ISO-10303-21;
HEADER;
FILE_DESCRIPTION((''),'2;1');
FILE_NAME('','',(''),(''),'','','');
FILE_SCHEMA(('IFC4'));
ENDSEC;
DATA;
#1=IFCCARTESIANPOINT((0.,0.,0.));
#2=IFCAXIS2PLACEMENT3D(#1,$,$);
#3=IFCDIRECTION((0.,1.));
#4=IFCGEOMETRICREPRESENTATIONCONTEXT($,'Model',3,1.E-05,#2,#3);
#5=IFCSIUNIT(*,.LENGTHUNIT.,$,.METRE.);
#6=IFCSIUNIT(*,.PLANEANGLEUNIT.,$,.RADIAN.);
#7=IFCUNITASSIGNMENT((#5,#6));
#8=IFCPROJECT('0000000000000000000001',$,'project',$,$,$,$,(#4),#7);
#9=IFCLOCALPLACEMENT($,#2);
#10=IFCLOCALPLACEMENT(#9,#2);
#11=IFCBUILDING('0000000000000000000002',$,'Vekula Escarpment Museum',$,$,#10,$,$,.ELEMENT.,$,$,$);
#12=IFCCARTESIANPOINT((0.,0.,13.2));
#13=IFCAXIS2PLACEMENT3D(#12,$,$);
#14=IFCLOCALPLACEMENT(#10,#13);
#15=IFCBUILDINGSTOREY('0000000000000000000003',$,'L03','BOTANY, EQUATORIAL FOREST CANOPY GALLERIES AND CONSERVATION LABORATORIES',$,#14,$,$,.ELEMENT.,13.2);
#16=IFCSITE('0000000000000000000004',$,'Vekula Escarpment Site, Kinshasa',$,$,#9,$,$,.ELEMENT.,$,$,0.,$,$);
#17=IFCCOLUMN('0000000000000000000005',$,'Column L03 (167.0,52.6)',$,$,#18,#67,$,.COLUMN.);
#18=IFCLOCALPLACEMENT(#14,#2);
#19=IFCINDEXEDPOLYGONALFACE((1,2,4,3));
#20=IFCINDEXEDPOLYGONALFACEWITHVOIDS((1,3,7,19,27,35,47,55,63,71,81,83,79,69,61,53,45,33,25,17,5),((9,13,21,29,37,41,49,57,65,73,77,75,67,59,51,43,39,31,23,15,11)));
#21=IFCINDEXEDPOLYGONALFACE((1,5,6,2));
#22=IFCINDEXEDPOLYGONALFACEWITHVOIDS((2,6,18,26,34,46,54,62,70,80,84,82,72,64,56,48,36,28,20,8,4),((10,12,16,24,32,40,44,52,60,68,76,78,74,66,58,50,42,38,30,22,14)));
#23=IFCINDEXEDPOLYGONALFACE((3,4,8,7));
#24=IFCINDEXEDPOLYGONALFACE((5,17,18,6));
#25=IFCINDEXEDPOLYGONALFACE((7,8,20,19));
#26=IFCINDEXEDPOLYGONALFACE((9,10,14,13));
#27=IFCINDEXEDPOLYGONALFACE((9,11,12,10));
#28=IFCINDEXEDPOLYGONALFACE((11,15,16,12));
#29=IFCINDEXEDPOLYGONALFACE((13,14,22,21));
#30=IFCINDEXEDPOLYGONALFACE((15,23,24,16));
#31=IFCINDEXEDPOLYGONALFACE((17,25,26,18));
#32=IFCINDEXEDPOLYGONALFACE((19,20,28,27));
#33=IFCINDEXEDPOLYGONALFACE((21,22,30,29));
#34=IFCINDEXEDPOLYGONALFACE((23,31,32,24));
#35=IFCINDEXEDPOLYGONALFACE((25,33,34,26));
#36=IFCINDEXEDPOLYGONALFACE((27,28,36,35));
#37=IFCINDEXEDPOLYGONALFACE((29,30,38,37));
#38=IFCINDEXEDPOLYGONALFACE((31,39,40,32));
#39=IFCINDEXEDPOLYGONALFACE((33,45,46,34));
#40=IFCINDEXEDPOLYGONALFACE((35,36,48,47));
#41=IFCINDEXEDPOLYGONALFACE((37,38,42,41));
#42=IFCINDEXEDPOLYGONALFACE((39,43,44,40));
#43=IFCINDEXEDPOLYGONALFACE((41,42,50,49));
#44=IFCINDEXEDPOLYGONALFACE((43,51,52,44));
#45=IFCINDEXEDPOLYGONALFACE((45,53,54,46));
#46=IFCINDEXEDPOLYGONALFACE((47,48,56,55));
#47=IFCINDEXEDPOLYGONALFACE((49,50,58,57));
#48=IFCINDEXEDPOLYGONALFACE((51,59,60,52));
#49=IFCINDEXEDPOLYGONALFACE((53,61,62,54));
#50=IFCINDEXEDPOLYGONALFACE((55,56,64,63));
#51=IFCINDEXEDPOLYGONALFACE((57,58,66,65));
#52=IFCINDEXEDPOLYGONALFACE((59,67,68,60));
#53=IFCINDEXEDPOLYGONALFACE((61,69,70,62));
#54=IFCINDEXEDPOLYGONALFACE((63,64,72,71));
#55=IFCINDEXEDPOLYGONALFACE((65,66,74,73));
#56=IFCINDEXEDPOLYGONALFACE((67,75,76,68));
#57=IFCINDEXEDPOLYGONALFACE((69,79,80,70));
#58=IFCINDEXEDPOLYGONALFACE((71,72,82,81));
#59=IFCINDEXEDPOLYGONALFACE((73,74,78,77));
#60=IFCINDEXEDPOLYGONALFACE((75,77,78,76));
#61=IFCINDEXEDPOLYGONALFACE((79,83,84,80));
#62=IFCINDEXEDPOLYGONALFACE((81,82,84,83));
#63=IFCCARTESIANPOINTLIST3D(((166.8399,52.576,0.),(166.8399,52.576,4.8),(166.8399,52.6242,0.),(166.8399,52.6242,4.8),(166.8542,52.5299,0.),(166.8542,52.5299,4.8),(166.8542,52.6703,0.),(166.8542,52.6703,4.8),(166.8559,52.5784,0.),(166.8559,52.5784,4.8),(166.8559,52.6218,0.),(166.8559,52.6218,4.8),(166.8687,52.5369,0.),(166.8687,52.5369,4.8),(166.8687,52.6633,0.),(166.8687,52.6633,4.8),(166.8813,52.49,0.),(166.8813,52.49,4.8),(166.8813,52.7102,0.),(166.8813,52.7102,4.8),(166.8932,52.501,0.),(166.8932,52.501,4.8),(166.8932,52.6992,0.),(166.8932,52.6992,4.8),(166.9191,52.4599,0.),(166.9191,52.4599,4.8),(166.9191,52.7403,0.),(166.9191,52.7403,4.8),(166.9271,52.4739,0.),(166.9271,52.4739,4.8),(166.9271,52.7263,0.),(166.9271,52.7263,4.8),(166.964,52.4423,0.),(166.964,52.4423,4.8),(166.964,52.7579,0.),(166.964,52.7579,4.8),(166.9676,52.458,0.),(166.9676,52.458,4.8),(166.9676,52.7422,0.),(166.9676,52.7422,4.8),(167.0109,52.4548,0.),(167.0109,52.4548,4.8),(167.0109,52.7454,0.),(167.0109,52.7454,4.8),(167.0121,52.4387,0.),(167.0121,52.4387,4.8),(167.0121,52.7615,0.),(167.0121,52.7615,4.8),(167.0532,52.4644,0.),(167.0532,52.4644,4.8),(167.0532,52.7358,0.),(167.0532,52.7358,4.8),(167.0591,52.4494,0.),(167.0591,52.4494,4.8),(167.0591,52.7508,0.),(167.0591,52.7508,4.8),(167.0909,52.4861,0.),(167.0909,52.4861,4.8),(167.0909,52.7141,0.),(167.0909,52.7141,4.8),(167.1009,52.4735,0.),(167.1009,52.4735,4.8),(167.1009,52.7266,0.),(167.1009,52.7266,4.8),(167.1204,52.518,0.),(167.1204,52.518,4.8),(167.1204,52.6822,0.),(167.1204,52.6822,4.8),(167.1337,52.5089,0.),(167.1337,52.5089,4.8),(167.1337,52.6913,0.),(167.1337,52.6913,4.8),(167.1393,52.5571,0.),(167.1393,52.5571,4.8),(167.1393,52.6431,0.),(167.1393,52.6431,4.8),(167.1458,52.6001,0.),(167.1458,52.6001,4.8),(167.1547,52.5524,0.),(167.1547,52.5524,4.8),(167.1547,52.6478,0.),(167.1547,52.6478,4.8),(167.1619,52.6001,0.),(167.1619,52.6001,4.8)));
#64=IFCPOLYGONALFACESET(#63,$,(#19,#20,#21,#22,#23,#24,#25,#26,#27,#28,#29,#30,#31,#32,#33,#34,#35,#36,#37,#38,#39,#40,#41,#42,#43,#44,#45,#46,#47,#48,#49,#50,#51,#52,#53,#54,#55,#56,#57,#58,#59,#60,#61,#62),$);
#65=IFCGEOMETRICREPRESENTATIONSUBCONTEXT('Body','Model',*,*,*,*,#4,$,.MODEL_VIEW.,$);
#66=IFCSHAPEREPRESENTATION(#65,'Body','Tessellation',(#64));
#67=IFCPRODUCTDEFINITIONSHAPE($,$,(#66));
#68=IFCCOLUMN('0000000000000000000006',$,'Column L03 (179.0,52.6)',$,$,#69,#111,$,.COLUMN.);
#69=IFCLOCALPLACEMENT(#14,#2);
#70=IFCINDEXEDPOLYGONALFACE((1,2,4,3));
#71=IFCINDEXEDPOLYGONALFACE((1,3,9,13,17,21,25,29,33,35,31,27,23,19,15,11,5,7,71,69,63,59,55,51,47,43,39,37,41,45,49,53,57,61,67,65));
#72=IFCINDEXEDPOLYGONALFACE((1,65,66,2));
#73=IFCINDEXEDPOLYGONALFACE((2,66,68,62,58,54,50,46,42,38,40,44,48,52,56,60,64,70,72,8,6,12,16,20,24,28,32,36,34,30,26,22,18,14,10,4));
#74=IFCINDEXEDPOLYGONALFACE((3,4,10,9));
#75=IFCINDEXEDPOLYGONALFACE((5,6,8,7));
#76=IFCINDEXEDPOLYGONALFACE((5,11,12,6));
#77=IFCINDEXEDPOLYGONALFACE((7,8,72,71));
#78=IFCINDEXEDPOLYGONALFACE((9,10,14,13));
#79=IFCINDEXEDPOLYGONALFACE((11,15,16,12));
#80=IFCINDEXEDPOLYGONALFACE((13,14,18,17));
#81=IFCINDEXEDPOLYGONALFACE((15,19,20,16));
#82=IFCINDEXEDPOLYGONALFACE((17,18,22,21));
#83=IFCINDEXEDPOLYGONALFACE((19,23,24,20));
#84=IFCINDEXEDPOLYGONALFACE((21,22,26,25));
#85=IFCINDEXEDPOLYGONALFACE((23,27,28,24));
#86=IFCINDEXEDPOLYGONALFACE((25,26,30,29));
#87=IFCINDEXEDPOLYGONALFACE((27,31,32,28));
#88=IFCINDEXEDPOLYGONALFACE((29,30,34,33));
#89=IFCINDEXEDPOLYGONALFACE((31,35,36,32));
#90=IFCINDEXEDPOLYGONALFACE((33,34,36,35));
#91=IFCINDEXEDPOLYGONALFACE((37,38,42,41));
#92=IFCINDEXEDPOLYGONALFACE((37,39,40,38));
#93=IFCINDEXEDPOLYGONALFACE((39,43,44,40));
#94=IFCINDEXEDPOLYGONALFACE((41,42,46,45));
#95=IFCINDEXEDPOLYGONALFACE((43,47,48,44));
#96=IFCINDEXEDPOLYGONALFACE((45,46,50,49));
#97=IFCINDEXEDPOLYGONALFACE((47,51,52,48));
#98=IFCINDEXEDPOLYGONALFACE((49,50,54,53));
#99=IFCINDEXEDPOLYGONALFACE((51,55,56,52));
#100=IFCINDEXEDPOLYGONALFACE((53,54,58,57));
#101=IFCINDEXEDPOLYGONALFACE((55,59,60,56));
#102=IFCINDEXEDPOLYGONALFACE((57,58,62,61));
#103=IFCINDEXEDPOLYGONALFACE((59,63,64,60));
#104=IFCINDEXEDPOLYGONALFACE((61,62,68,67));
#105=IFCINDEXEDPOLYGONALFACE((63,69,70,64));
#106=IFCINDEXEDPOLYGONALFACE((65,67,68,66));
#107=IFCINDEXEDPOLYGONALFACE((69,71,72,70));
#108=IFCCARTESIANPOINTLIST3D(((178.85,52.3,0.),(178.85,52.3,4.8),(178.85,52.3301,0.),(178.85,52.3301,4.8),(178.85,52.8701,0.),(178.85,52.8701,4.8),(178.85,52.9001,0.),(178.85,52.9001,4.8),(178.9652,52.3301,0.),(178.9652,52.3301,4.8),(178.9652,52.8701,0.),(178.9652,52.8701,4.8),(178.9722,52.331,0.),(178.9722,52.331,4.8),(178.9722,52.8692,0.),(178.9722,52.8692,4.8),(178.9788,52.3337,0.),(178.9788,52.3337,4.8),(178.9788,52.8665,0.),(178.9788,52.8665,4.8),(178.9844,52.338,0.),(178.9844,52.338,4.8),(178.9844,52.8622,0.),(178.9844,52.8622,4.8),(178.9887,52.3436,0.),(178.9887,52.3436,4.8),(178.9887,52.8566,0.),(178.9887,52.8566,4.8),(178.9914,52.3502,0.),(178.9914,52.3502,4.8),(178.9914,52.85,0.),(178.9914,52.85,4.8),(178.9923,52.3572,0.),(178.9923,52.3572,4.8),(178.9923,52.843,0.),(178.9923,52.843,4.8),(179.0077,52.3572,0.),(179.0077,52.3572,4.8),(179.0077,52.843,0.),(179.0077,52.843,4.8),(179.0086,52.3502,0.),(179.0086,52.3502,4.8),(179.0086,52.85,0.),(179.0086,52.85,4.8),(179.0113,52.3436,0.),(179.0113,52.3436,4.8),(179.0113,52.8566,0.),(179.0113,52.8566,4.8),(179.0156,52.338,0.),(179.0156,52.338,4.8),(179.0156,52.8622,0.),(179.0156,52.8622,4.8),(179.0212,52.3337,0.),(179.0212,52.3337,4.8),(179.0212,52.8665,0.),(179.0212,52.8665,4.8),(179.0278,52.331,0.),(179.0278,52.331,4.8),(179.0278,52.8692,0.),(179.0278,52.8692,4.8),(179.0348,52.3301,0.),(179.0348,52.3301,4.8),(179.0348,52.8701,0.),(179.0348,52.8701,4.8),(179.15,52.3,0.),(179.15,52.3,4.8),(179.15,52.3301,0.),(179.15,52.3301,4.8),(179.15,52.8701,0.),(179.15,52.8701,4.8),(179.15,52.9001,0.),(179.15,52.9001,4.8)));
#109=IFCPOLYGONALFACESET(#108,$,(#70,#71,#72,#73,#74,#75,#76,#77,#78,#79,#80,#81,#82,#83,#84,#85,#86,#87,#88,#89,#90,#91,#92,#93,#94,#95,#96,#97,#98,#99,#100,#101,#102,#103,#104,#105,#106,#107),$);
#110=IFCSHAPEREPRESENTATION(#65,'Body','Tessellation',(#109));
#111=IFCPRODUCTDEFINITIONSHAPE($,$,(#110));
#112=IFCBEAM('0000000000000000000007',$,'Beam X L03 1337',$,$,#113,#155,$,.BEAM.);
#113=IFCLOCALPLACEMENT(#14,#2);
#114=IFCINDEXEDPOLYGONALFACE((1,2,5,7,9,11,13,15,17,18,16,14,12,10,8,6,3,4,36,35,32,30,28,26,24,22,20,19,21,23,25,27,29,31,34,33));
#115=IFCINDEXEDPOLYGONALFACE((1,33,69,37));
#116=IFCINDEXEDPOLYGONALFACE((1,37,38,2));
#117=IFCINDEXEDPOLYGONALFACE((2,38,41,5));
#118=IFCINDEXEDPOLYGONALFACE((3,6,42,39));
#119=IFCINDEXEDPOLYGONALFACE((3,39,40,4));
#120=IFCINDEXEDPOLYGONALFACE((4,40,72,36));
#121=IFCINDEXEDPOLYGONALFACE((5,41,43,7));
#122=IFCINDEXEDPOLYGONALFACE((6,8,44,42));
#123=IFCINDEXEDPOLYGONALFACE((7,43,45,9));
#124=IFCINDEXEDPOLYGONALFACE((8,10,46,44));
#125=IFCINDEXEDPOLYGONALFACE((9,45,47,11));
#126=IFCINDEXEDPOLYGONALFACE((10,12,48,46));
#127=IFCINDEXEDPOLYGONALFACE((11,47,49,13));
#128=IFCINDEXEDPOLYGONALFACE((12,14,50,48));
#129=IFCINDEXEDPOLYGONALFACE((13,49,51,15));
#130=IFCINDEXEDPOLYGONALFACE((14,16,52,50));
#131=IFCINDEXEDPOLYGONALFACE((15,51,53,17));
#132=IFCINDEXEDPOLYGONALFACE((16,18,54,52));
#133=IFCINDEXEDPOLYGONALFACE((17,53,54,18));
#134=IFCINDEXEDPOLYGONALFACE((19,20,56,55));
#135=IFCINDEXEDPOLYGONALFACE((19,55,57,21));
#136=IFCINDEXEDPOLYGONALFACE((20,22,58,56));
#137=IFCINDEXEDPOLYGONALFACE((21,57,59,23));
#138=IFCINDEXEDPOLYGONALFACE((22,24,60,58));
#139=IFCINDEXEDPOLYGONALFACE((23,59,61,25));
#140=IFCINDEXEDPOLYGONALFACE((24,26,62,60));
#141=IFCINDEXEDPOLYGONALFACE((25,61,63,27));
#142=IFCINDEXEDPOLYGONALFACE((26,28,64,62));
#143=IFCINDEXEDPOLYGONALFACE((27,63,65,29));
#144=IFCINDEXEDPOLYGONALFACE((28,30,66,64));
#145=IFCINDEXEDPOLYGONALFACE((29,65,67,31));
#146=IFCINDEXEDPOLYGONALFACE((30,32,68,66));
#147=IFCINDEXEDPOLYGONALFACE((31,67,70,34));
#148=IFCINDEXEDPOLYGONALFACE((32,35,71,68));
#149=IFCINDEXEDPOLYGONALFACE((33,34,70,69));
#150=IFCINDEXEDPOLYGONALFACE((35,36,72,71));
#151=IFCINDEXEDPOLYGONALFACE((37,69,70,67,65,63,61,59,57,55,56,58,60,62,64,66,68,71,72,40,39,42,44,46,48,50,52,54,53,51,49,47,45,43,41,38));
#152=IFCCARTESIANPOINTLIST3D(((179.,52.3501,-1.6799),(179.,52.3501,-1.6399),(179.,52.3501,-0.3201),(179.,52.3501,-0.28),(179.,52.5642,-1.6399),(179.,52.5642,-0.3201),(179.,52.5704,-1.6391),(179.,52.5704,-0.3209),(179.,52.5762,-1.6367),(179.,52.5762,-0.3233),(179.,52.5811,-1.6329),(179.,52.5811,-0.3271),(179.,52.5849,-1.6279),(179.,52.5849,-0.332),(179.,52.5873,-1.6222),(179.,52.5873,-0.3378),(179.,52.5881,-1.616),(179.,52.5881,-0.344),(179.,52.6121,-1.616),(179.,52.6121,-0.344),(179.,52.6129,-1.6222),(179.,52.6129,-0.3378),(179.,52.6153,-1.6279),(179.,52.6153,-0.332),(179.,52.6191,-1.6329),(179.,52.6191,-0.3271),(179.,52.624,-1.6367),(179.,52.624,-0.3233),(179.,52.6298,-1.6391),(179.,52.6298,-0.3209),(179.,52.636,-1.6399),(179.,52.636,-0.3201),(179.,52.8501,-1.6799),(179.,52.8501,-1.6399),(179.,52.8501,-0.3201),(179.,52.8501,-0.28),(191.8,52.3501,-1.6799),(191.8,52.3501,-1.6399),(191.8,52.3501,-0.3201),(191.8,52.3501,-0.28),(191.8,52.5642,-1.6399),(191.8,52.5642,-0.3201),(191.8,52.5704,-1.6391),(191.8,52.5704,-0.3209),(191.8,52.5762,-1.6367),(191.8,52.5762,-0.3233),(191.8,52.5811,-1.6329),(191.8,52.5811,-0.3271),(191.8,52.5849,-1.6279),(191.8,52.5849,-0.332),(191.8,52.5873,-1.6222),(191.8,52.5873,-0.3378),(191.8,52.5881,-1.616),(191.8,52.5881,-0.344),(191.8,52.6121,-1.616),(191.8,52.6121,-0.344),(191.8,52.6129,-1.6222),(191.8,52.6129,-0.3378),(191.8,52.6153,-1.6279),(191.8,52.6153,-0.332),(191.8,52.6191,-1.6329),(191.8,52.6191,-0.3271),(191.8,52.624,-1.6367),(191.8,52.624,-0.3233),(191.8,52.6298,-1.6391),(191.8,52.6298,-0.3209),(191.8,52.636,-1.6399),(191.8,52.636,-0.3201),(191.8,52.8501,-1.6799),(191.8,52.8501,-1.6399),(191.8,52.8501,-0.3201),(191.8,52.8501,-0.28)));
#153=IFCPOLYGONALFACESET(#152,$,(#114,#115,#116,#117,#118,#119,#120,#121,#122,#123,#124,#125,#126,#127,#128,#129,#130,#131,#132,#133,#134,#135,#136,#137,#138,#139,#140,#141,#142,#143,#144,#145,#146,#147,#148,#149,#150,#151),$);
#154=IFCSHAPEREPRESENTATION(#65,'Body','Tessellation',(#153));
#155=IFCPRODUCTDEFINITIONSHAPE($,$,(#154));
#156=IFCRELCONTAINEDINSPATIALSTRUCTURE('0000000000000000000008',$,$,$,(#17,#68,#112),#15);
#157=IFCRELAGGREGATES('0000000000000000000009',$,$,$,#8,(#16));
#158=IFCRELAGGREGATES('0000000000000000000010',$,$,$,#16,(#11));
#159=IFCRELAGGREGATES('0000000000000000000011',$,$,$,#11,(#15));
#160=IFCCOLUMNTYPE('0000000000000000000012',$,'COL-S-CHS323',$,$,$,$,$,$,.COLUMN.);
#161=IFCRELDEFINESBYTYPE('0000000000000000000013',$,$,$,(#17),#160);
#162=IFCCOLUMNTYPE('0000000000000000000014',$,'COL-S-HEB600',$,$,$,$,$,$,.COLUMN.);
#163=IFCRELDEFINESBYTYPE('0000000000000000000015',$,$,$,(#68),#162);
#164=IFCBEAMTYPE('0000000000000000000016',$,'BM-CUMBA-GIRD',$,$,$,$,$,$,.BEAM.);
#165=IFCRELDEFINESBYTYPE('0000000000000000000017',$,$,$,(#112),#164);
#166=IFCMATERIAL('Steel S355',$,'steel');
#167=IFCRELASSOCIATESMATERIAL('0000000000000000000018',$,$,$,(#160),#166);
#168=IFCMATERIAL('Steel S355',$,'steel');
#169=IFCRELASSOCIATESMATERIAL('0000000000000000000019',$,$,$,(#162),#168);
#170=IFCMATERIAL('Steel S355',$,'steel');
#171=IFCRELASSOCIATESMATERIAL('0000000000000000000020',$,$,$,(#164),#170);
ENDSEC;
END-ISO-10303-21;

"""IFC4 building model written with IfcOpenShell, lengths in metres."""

from ifc_helpers import new_model, si_unit, direction, frame, origin, origin_2d, place, context, subcontext, project, spatial, hollow_circle, i_section, extrude, material, material_profile, profile_set, type_object, element, save


model = new_model("IFC4")

# Units and contexts
model_context = context("Model", 3, precision=1e-05, world=origin(), true_north=direction((0.0, 1.0)))
body_context = subcontext(model_context, "Body", "Model", "MODEL_VIEW")
ifc_project = project(units=[si_unit("LENGTHUNIT", "METRE"), si_unit("PLANEANGLEUNIT", "RADIAN")], contexts=[model_context])

# Site, building, storey
site_placement = place(None, origin())
site = spatial("IfcSite", under=ifc_project, at=site_placement, Name="Vekula Escarpment Site, Kinshasa", CompositionType="ELEMENT", RefElevation=0.0)
building_placement = place(site_placement, origin())
building = spatial("IfcBuilding", under=site, at=building_placement, Name="Vekula Escarpment Museum", CompositionType="ELEMENT")
storey_placement = place(building_placement, frame((0.0, 0.0, 13.2)))
storey = spatial("IfcBuildingStorey", under=building, at=storey_placement, Name="L03", Description="BOTANY, EQUATORIAL FOREST CANOPY GALLERIES AND CONSERVATION LABORATORIES", CompositionType="ELEMENT", Elevation=13.2)

# Columns
ifc_material_1 = material(Name="Steel S355", Category="steel")
ifc_material_profile_1 = material_profile(ifc_material_1, hollow_circle(Radius=0.1619, WallThickness=0.0161, at=origin_2d()), Name="CHS 323.9x16")
ifc_profile_set_1 = profile_set([ifc_material_profile_1], Name="Steel S355")
column_type_1 = type_object("IfcColumnType", Name="COL-S-CHS323", PredefinedType="COLUMN", material=ifc_profile_set_1)
column_1_placement = place(storey_placement, frame((167.0, 52.6001, 0.0), z_axis=(0.0, 0.0, 1.0), x_axis=(1.0, 0.0, 0.0)))
element("IfcColumn", 1, at=column_1_placement, inside=storey, type_object=column_type_1, Name="Column L03 (167.0,52.6)", PredefinedType="COLUMN", context=body_context, shape_type="SweptSolid", body=[
    extrude(hollow_circle(Radius=0.1619, WallThickness=0.0161, at=origin_2d()), origin(), (0.0, 0.0, 1.0), 4.8),
])
ifc_material_2 = material(Name="Steel S355", Category="steel")
ifc_material_profile_2 = material_profile(ifc_material_2, i_section(OverallWidth=0.3, OverallDepth=0.6001, WebThickness=0.0154, FlangeThickness=0.03, FilletRadius=0.0271, at=origin_2d()), Name="HEB 600")
ifc_profile_set_2 = profile_set([ifc_material_profile_2], Name="Steel S355")
column_type_2 = type_object("IfcColumnType", Name="COL-S-HEB600", PredefinedType="COLUMN", material=ifc_profile_set_2)
column_2_placement = place(storey_placement, frame((179.0, 52.6001, 0.0), z_axis=(0.0, 0.0, 1.0), x_axis=(1.0, 0.0, 0.0)))
element("IfcColumn", 2, at=column_2_placement, inside=storey, type_object=column_type_2, Name="Column L03 (179.0,52.6)", PredefinedType="COLUMN", context=body_context, shape_type="SweptSolid", body=[
    extrude(i_section(OverallWidth=0.3, OverallDepth=0.6001, WebThickness=0.0154, FlangeThickness=0.03, FilletRadius=0.0271, at=origin_2d()), origin(), (0.0, 0.0, 1.0), 4.8),
])

# Beam
ifc_material_3 = material(Name="Steel S355", Category="steel")
ifc_material_profile_3 = material_profile(ifc_material_3, i_section(OverallWidth=0.5, OverallDepth=1.3999, WebThickness=0.0239, FlangeThickness=0.04, FilletRadius=0.0239, at=origin_2d()), Name="WPG 1400x500")
ifc_profile_set_3 = profile_set([ifc_material_profile_3], Name="Steel S355")
beam_type_1 = type_object("IfcBeamType", Name="BM-CUMBA-GIRD", PredefinedType="BEAM", material=ifc_profile_set_3)
beam_1_placement = place(storey_placement, frame((179.0, 52.6001, -0.98), z_axis=(1.0, 0.0, 0.0), x_axis=(0.0, 1.0, 0.0)))
element("IfcBeam", 3, at=beam_1_placement, inside=storey, type_object=beam_type_1, Name="Beam X L03 1337", PredefinedType="BEAM", context=body_context, shape_type="SweptSolid", body=[
    extrude(i_section(OverallWidth=0.5, OverallDepth=1.3999, WebThickness=0.0239, FlangeThickness=0.04, FilletRadius=0.0239, at=origin_2d()), origin(), (0.0, 0.0, 1.0), 12.8),
])

save(model, "model.ifc")
